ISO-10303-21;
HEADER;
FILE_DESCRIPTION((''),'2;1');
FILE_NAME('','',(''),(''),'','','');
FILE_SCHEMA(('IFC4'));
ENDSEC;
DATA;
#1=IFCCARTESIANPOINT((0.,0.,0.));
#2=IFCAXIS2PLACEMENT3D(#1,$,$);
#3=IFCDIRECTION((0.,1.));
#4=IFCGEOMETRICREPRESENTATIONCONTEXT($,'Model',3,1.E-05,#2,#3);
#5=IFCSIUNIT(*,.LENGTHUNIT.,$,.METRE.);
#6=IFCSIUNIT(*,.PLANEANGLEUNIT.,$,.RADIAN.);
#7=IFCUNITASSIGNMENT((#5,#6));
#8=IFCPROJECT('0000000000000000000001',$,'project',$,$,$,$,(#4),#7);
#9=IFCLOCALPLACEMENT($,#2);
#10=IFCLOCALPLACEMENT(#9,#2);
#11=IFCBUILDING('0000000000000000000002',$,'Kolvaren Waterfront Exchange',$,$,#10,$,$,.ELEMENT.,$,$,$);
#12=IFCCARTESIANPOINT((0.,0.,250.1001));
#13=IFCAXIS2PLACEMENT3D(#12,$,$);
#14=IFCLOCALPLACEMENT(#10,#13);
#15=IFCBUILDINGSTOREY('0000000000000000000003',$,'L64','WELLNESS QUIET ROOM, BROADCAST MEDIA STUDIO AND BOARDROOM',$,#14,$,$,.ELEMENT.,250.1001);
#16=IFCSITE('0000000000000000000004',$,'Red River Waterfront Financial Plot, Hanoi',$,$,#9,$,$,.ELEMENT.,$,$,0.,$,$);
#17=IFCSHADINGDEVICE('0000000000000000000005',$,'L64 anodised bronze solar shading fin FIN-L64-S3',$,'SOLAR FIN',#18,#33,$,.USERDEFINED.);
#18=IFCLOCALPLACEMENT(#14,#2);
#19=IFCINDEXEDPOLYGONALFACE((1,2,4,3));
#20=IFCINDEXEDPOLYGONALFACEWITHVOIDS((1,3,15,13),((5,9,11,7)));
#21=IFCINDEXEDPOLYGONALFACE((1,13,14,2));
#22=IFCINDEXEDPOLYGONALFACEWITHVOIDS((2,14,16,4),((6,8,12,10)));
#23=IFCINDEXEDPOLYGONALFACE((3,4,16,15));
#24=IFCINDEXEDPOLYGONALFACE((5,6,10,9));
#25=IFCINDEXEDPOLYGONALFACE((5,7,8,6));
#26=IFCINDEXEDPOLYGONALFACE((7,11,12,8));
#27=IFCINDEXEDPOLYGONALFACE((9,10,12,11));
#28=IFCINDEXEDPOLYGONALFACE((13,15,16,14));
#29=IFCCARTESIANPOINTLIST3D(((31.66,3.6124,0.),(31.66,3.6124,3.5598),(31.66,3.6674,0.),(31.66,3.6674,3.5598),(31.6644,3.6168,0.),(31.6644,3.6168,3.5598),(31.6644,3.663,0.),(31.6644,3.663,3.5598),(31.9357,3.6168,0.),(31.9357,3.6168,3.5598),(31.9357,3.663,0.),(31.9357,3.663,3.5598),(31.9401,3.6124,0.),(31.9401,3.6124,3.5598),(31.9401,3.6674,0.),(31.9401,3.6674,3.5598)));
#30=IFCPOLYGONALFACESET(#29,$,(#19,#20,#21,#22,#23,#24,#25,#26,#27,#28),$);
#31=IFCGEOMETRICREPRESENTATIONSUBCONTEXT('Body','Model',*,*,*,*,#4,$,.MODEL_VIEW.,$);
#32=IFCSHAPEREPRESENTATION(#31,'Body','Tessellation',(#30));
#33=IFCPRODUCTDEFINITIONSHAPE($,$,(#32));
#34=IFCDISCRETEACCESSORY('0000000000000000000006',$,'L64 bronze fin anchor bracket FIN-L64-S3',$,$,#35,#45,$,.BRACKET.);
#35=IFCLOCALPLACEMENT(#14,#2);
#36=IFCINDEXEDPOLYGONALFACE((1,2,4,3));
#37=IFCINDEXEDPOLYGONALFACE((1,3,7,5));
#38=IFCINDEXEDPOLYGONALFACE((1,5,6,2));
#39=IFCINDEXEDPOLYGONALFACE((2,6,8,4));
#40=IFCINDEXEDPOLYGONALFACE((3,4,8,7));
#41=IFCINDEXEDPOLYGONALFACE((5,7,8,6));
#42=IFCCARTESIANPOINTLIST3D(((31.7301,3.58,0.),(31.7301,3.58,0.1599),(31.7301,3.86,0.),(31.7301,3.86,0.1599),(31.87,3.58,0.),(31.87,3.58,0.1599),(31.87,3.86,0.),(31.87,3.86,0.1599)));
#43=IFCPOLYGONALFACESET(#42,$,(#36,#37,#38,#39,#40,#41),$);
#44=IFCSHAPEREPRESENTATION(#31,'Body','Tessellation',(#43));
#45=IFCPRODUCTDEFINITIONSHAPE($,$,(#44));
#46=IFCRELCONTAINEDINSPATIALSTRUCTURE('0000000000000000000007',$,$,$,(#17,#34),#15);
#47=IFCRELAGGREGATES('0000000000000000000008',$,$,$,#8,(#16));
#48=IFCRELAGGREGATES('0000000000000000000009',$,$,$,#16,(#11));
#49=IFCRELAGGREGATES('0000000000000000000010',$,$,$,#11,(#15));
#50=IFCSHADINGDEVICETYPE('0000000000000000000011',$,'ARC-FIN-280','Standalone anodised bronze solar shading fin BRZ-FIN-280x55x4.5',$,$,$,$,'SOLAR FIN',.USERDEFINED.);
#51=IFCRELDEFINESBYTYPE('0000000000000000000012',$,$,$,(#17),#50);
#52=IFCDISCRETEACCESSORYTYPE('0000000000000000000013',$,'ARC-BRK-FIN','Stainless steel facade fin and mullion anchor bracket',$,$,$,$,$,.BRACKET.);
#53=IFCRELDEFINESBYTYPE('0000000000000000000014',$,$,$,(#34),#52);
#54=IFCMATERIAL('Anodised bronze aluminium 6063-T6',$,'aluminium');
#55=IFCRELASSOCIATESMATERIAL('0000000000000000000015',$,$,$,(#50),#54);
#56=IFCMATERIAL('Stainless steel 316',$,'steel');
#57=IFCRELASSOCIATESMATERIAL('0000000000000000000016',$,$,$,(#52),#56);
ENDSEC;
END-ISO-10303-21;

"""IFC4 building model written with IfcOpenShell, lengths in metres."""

from ifc_helpers import new_model, si_unit, direction, frame, origin, origin_with_axes, origin_2d, place, context, subcontext, project, spatial, rectangle, hollow_rectangle, extrude, source, transform, mapped, material, material_profile, profile_set, type_object, element, save


model = new_model("IFC4")

# Units and contexts
model_context = context("Model", 3, precision=1e-05, world=origin(), true_north=direction((0.0, 1.0)))
body_context = subcontext(model_context, "Body", "Model", "MODEL_VIEW")
ifc_project = project(units=[si_unit("LENGTHUNIT", "METRE"), si_unit("PLANEANGLEUNIT", "RADIAN")], contexts=[model_context])

# Site, building, storey
site_placement = place(None, origin())
site = spatial("IfcSite", under=ifc_project, at=site_placement, Name="Red River Waterfront Financial Plot, Hanoi", CompositionType="ELEMENT", RefElevation=0.0)
building_placement = place(site_placement, origin())
building = spatial("IfcBuilding", under=site, at=building_placement, Name="Kolvaren Waterfront Exchange", CompositionType="ELEMENT")
storey_placement = place(building_placement, frame((0.0, 0.0, 250.1001)))
storey = spatial("IfcBuildingStorey", under=building, at=storey_placement, Name="L64", Description="WELLNESS QUIET ROOM, BROADCAST MEDIA STUDIO AND BOARDROOM", CompositionType="ELEMENT", Elevation=250.1001)

# Shared definitions
ifc_material_1 = material(Name="Anodised bronze aluminium 6063-T6", Category="aluminium")

# Shading device
ifc_material_profile_1 = material_profile(ifc_material_1, hollow_rectangle(XDim=0.0549, YDim=0.28, WallThickness=0.0044, at=origin_2d()), Name="BRZ-FIN-280x55x4.5")
ifc_profile_set_1 = profile_set([ifc_material_profile_1], Name="Anodised bronze aluminium 6063-T6")
shading_device_type = type_object("IfcShadingDeviceType", Name="ARC-FIN-280", Description="Standalone anodised bronze solar shading fin BRZ-FIN-280x55x4.5", ElementType="SOLAR FIN", PredefinedType="USERDEFINED", material=ifc_profile_set_1)
shading_device_placement = place(storey_placement, frame((31.8, 3.6399, 0.0), z_axis=(0.0, 0.0, 1.0), x_axis=(0.0, -1.0, 0.0)))
element("IfcShadingDevice", 1, at=shading_device_placement, inside=storey, type_object=shading_device_type, Name="L64 anodised bronze solar shading fin FIN-L64-S3", ObjectType="SOLAR FIN", PredefinedType="USERDEFINED", context=body_context, shape_type="SweptSolid", body=[
    extrude(hollow_rectangle(XDim=0.0549, YDim=0.28, WallThickness=0.0044, at=origin_2d()), origin(), (0.0, 0.0, 1.0), 3.5598),
])

# Discrete accessory
ifc_material_2 = material(Name="Stainless steel 316", Category="steel")
discrete_accessory_type = type_object("IfcDiscreteAccessoryType", Name="ARC-BRK-FIN", Description="Stainless steel facade fin and mullion anchor bracket", PredefinedType="BRACKET", material=ifc_material_2)
shared_shape_1 = source(origin_with_axes(), body_context, "Body", "SweptSolid", [
    extrude(rectangle(XDim=0.28, YDim=0.1399, at=origin_2d()), origin(), (0.0, 0.0, 1.0), 0.1599),
])
discrete_accessory_placement = place(storey_placement, frame((31.8, 3.72, 0.0), z_axis=(0.0, 0.0, 1.0), x_axis=(0.0, -1.0, 0.0)))
element("IfcDiscreteAccessory", 2, at=discrete_accessory_placement, inside=storey, type_object=discrete_accessory_type, Name="L64 bronze fin anchor bracket FIN-L64-S3", PredefinedType="BRACKET", context=body_context, shape_type="MappedRepresentation", body=[
    mapped(shared_shape_1, transform((0.0, 0.0, 0.0), x_axis=(1.0, 0.0, 0.0), y_axis=(0.0, 1.0, 0.0), z_axis=(0.0, 0.0, 1.0), scale=1.0)),
])

save(model, "model.ifc")
